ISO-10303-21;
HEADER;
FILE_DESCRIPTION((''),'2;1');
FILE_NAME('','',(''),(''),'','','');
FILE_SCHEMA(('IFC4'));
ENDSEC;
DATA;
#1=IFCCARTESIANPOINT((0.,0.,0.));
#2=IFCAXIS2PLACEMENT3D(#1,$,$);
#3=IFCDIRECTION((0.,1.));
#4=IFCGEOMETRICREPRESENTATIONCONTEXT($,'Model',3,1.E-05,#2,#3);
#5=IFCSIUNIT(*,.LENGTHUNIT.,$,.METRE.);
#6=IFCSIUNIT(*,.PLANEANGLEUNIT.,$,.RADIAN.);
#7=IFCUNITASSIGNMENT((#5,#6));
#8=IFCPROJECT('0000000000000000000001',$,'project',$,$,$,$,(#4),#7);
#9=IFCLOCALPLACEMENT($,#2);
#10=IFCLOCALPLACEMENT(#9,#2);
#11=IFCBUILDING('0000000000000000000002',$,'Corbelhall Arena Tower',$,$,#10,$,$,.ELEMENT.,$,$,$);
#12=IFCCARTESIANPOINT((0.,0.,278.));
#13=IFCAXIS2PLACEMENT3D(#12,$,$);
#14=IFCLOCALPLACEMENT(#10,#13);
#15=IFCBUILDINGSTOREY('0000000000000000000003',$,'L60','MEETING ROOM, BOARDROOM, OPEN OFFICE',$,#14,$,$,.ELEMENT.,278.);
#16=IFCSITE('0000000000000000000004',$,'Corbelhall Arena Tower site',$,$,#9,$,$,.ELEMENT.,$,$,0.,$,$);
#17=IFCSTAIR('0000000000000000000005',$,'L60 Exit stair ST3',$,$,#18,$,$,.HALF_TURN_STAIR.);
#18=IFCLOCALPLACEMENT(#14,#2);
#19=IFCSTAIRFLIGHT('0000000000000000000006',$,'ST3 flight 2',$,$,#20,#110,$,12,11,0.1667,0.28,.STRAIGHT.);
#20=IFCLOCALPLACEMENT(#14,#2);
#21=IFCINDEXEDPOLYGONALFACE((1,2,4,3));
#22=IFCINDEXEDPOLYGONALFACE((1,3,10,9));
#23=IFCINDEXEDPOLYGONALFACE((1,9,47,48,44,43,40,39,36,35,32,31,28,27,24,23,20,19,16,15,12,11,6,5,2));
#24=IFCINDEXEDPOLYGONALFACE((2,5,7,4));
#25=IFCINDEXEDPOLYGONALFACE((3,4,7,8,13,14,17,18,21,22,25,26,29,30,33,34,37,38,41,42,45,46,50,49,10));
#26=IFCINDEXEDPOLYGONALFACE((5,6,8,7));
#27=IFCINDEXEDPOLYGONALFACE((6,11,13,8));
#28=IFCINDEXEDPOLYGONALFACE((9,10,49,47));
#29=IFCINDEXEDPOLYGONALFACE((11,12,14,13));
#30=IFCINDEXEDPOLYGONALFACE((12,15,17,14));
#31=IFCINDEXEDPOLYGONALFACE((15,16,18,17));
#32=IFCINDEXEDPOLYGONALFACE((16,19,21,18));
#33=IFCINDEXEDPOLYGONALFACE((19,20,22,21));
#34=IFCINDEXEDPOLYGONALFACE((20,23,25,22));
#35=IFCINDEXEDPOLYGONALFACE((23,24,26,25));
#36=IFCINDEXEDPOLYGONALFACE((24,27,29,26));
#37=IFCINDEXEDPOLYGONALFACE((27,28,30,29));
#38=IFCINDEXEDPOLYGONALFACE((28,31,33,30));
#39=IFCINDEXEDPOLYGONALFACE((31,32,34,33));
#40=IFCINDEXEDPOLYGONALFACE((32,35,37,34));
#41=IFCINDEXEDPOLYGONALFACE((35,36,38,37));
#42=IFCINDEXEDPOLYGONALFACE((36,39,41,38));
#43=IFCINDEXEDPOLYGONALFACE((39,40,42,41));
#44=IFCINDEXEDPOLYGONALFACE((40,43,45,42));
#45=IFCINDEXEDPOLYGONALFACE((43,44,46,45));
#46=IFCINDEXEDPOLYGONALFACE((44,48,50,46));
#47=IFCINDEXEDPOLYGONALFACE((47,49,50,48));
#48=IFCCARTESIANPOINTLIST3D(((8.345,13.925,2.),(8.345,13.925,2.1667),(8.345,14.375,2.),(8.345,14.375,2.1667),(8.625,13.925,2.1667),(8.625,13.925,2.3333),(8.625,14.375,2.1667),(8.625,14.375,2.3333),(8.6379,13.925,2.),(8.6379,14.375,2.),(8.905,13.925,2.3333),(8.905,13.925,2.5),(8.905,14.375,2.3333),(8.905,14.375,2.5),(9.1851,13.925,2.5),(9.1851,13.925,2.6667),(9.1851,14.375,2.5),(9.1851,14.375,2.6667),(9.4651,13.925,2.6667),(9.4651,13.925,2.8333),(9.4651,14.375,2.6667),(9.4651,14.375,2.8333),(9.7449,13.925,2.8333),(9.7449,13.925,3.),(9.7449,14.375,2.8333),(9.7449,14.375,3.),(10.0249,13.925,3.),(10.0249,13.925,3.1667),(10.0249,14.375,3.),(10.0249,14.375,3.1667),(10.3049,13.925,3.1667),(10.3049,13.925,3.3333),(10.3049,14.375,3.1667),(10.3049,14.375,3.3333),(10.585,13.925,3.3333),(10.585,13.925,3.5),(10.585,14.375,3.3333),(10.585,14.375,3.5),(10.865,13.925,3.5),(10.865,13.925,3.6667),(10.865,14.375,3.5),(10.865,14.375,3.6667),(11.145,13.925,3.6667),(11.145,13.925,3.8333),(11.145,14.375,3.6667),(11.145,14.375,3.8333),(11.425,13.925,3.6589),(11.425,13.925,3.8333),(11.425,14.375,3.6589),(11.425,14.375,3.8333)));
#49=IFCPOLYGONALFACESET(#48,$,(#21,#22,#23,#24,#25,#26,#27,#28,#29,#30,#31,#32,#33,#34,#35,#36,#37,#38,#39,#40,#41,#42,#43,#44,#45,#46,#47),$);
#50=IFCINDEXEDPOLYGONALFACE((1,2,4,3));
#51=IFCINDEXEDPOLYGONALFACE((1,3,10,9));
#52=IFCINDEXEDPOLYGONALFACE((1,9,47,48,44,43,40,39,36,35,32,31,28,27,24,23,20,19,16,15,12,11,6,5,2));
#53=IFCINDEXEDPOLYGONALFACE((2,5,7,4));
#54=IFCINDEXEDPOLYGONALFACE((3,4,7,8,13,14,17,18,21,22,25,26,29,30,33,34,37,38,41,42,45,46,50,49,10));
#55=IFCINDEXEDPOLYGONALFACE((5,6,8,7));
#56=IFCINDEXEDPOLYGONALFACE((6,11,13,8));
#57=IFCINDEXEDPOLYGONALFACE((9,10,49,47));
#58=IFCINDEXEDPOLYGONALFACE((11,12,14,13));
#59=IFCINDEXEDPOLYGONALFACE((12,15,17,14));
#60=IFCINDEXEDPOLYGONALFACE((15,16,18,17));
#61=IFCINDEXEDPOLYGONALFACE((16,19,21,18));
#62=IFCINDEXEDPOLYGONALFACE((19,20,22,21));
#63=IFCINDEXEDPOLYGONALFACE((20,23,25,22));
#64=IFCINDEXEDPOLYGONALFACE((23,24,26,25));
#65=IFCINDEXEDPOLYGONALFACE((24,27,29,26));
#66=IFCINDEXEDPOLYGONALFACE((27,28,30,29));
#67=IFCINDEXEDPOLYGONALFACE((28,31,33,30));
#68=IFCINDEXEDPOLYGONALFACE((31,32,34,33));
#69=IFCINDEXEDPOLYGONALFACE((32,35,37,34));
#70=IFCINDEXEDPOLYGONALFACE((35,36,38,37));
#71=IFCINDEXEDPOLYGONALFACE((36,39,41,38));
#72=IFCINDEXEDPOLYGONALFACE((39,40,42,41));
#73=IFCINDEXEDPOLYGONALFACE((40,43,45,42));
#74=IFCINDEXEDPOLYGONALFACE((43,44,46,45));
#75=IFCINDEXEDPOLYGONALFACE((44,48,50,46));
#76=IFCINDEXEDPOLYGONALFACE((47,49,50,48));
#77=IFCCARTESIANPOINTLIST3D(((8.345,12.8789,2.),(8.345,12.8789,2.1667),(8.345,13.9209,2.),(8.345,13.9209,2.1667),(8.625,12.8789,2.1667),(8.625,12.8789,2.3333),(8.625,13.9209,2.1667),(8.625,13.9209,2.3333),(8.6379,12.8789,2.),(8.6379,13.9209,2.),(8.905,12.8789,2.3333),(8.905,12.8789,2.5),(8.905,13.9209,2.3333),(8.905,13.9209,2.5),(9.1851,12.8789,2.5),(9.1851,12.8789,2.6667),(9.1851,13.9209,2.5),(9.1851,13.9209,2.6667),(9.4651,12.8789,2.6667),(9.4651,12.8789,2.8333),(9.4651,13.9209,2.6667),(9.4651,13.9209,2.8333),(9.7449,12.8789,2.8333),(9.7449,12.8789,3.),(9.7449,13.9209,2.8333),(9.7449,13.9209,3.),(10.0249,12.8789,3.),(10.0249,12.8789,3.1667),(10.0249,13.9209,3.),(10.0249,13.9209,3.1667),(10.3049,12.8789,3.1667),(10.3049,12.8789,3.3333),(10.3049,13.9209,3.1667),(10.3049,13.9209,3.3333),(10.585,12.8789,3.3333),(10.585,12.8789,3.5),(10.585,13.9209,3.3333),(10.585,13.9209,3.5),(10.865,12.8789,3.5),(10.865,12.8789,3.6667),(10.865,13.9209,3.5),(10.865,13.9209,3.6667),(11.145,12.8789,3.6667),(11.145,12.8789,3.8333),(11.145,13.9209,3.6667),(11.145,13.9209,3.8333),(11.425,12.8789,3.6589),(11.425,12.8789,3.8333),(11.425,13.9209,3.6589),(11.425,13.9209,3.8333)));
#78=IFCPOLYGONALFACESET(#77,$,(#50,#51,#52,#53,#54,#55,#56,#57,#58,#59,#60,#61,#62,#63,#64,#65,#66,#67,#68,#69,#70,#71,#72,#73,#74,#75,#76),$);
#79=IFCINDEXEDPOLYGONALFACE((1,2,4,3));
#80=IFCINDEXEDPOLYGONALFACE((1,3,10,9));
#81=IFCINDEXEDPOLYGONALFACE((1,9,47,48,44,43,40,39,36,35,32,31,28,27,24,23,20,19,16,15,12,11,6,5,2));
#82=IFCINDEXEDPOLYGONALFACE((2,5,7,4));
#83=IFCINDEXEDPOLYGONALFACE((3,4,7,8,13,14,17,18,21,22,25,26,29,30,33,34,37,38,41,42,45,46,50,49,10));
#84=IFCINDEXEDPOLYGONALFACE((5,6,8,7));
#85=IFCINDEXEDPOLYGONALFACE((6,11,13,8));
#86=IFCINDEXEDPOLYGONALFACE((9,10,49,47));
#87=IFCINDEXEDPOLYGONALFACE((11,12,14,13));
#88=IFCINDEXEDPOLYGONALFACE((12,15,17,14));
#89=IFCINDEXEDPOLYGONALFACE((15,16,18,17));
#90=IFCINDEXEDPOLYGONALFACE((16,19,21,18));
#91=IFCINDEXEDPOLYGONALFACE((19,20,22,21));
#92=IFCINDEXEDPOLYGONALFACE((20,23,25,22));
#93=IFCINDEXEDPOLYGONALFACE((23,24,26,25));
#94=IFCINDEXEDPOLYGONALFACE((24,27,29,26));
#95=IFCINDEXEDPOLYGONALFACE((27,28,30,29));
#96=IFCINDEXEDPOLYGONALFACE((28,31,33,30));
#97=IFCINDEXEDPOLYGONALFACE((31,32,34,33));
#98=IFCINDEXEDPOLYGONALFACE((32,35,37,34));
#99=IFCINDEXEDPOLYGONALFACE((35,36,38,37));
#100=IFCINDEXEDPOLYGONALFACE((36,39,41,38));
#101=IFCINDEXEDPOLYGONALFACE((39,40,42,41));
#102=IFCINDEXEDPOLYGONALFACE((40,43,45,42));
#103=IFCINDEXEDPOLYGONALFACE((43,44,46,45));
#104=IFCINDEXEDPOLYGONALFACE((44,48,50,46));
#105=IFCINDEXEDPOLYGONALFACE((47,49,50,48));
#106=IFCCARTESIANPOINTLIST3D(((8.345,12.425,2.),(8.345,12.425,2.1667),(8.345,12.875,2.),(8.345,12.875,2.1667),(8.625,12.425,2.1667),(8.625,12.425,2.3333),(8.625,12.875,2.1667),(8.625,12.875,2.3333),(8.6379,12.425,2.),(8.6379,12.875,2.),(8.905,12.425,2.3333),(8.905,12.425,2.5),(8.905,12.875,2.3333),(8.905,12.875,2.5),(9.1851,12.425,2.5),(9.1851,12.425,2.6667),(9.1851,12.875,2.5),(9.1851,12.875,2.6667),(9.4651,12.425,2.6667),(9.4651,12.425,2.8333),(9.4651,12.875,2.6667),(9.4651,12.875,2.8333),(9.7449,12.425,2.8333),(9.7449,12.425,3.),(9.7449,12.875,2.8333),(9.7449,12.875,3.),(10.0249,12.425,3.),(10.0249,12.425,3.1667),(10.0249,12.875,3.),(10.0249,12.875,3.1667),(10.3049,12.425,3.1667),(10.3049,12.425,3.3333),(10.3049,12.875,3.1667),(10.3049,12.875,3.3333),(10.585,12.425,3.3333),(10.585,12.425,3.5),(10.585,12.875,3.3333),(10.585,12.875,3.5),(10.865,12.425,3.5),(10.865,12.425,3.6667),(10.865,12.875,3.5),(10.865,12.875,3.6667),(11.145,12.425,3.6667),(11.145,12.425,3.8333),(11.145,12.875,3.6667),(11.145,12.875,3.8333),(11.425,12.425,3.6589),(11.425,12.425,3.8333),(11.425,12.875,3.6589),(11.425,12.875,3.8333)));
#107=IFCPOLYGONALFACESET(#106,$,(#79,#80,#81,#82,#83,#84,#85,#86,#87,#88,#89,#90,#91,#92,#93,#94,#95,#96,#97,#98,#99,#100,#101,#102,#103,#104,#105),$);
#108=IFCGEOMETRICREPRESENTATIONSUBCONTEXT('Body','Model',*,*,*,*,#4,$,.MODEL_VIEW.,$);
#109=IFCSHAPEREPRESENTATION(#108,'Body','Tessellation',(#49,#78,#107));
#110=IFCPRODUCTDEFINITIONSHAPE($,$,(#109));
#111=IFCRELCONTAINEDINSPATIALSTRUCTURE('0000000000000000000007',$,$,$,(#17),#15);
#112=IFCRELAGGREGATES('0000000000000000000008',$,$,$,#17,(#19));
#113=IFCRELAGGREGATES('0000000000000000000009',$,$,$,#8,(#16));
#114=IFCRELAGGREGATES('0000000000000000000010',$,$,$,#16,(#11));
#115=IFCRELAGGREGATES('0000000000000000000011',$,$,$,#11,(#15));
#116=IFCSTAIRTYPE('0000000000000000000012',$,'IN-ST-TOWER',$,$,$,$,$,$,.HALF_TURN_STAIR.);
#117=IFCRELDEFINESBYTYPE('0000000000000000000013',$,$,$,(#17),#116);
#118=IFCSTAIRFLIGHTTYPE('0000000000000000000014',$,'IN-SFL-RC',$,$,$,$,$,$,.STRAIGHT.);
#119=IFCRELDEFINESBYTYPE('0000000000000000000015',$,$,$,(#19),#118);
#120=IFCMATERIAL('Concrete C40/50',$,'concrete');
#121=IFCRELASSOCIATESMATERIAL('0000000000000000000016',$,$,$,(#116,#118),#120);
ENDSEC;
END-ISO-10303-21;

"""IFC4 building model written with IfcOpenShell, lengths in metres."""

from ifc_helpers import new_model, si_unit, direction, frame, origin, place, context, subcontext, project, spatial, polyline, outline, extrude, material, type_object, element, aggregate, save


model = new_model("IFC4")

# Units and contexts
model_context = context("Model", 3, precision=1e-05, world=origin(), true_north=direction((0.0, 1.0)))
body_context = subcontext(model_context, "Body", "Model", "MODEL_VIEW")
ifc_project = project(units=[si_unit("LENGTHUNIT", "METRE"), si_unit("PLANEANGLEUNIT", "RADIAN")], contexts=[model_context])

# Site, building, storey
site_placement = place(None, origin())
site = spatial("IfcSite", under=ifc_project, at=site_placement, Name="Corbelhall Arena Tower site", CompositionType="ELEMENT", RefElevation=0.0)
building_placement = place(site_placement, origin())
building = spatial("IfcBuilding", under=site, at=building_placement, Name="Corbelhall Arena Tower", CompositionType="ELEMENT")
storey_placement = place(building_placement, frame((0.0, 0.0, 278.0)))
storey = spatial("IfcBuildingStorey", under=building, at=storey_placement, Name="L60", Description="MEETING ROOM, BOARDROOM, OPEN OFFICE", CompositionType="ELEMENT", Elevation=278.0)

# Shared definitions
ifc_material_1 = material(Name="Concrete C40/50", Category="concrete")

# Stair, stair flight
stair_type = type_object("IfcStairType", Name="IN-ST-TOWER", PredefinedType="HALF_TURN_STAIR", material=ifc_material_1)
stair_placement = place(storey_placement, origin())
stair = element("IfcStair", 1, at=stair_placement, inside=storey, type_object=stair_type, Name="L60 Exit stair ST3", PredefinedType="HALF_TURN_STAIR")
stair_flight_type = type_object("IfcStairFlightType", Name="IN-SFL-RC", PredefinedType="STRAIGHT", material=ifc_material_1)
stair_flight_1_placement = place(storey_placement, frame((8.345, 13.3999, 2.0), z_axis=(0.0, 0.0, 1.0), x_axis=(1.0, 0.0, 0.0)))
stair_flight_1 = element("IfcStairFlight", 2, at=stair_flight_1_placement, type_object=stair_flight_type, Name="ST3 flight 2", NumberOfRisers=12, NumberOfTreads=11, PredefinedType="STRAIGHT", RiserHeight=0.1667, TreadLength=0.28, context=body_context, shape_type="SweptSolid", body=[
    extrude(outline(polyline([(0.0, 0.0), (0.0, 0.1667), (0.28, 0.1667), (0.28, 0.3333), (0.5601, 0.3333), (0.5601, 0.5), (0.8401, 0.5), (0.8401, 0.6667), (1.1201, 0.6667), (1.1201, 0.8333), (1.3999, 0.8333), (1.3999, 1.0), (1.6799, 1.0), (1.6799, 1.1667), (1.96, 1.1667), (1.96, 1.3333), (2.24, 1.3333), (2.24, 1.5), (2.52, 1.5), (2.52, 1.6667), (2.8, 1.6667), (2.8, 1.8333), (3.0801, 1.8333), (3.0801, 2.0), (3.0801, 1.6589), (0.293, 0.0), (0.0, 0.0)])), frame((0.0, 0.9751, 0.0), z_axis=(0.0, -1.0, 0.0), x_axis=(1.0, 0.0, 0.0)), (0.0, 0.0, 1.0), 0.45),
    extrude(outline(polyline([(0.0, 0.0), (0.0, 0.1667), (0.28, 0.1667), (0.28, 0.3333), (0.5601, 0.3333), (0.5601, 0.5), (0.8401, 0.5), (0.8401, 0.6667), (1.1201, 0.6667), (1.1201, 0.8333), (1.3999, 0.8333), (1.3999, 1.0), (1.6799, 1.0), (1.6799, 1.1667), (1.96, 1.1667), (1.96, 1.3333), (2.24, 1.3333), (2.24, 1.5), (2.52, 1.5), (2.52, 1.6667), (2.8, 1.6667), (2.8, 1.8333), (3.0801, 1.8333), (3.0801, 2.0), (3.0801, 1.6589), (0.293, 0.0), (0.0, 0.0)])), frame((0.0, 0.521, 0.0), z_axis=(0.0, -1.0, 0.0), x_axis=(1.0, 0.0, 0.0)), (0.0, 0.0, 1.0), 1.042),
    extrude(outline(polyline([(0.0, 0.0), (0.0, 0.1667), (0.28, 0.1667), (0.28, 0.3333), (0.5601, 0.3333), (0.5601, 0.5), (0.8401, 0.5), (0.8401, 0.6667), (1.1201, 0.6667), (1.1201, 0.8333), (1.3999, 0.8333), (1.3999, 1.0), (1.6799, 1.0), (1.6799, 1.1667), (1.96, 1.1667), (1.96, 1.3333), (2.24, 1.3333), (2.24, 1.5), (2.52, 1.5), (2.52, 1.6667), (2.8, 1.6667), (2.8, 1.8333), (3.0801, 1.8333), (3.0801, 2.0), (3.0801, 1.6589), (0.293, 0.0), (0.0, 0.0)])), frame((0.0, -0.5249, 0.0), z_axis=(0.0, -1.0, 0.0), x_axis=(1.0, 0.0, 0.0)), (0.0, 0.0, 1.0), 0.45),
])
aggregate(stair, [stair_flight_1])

save(model, "model.ifc")
